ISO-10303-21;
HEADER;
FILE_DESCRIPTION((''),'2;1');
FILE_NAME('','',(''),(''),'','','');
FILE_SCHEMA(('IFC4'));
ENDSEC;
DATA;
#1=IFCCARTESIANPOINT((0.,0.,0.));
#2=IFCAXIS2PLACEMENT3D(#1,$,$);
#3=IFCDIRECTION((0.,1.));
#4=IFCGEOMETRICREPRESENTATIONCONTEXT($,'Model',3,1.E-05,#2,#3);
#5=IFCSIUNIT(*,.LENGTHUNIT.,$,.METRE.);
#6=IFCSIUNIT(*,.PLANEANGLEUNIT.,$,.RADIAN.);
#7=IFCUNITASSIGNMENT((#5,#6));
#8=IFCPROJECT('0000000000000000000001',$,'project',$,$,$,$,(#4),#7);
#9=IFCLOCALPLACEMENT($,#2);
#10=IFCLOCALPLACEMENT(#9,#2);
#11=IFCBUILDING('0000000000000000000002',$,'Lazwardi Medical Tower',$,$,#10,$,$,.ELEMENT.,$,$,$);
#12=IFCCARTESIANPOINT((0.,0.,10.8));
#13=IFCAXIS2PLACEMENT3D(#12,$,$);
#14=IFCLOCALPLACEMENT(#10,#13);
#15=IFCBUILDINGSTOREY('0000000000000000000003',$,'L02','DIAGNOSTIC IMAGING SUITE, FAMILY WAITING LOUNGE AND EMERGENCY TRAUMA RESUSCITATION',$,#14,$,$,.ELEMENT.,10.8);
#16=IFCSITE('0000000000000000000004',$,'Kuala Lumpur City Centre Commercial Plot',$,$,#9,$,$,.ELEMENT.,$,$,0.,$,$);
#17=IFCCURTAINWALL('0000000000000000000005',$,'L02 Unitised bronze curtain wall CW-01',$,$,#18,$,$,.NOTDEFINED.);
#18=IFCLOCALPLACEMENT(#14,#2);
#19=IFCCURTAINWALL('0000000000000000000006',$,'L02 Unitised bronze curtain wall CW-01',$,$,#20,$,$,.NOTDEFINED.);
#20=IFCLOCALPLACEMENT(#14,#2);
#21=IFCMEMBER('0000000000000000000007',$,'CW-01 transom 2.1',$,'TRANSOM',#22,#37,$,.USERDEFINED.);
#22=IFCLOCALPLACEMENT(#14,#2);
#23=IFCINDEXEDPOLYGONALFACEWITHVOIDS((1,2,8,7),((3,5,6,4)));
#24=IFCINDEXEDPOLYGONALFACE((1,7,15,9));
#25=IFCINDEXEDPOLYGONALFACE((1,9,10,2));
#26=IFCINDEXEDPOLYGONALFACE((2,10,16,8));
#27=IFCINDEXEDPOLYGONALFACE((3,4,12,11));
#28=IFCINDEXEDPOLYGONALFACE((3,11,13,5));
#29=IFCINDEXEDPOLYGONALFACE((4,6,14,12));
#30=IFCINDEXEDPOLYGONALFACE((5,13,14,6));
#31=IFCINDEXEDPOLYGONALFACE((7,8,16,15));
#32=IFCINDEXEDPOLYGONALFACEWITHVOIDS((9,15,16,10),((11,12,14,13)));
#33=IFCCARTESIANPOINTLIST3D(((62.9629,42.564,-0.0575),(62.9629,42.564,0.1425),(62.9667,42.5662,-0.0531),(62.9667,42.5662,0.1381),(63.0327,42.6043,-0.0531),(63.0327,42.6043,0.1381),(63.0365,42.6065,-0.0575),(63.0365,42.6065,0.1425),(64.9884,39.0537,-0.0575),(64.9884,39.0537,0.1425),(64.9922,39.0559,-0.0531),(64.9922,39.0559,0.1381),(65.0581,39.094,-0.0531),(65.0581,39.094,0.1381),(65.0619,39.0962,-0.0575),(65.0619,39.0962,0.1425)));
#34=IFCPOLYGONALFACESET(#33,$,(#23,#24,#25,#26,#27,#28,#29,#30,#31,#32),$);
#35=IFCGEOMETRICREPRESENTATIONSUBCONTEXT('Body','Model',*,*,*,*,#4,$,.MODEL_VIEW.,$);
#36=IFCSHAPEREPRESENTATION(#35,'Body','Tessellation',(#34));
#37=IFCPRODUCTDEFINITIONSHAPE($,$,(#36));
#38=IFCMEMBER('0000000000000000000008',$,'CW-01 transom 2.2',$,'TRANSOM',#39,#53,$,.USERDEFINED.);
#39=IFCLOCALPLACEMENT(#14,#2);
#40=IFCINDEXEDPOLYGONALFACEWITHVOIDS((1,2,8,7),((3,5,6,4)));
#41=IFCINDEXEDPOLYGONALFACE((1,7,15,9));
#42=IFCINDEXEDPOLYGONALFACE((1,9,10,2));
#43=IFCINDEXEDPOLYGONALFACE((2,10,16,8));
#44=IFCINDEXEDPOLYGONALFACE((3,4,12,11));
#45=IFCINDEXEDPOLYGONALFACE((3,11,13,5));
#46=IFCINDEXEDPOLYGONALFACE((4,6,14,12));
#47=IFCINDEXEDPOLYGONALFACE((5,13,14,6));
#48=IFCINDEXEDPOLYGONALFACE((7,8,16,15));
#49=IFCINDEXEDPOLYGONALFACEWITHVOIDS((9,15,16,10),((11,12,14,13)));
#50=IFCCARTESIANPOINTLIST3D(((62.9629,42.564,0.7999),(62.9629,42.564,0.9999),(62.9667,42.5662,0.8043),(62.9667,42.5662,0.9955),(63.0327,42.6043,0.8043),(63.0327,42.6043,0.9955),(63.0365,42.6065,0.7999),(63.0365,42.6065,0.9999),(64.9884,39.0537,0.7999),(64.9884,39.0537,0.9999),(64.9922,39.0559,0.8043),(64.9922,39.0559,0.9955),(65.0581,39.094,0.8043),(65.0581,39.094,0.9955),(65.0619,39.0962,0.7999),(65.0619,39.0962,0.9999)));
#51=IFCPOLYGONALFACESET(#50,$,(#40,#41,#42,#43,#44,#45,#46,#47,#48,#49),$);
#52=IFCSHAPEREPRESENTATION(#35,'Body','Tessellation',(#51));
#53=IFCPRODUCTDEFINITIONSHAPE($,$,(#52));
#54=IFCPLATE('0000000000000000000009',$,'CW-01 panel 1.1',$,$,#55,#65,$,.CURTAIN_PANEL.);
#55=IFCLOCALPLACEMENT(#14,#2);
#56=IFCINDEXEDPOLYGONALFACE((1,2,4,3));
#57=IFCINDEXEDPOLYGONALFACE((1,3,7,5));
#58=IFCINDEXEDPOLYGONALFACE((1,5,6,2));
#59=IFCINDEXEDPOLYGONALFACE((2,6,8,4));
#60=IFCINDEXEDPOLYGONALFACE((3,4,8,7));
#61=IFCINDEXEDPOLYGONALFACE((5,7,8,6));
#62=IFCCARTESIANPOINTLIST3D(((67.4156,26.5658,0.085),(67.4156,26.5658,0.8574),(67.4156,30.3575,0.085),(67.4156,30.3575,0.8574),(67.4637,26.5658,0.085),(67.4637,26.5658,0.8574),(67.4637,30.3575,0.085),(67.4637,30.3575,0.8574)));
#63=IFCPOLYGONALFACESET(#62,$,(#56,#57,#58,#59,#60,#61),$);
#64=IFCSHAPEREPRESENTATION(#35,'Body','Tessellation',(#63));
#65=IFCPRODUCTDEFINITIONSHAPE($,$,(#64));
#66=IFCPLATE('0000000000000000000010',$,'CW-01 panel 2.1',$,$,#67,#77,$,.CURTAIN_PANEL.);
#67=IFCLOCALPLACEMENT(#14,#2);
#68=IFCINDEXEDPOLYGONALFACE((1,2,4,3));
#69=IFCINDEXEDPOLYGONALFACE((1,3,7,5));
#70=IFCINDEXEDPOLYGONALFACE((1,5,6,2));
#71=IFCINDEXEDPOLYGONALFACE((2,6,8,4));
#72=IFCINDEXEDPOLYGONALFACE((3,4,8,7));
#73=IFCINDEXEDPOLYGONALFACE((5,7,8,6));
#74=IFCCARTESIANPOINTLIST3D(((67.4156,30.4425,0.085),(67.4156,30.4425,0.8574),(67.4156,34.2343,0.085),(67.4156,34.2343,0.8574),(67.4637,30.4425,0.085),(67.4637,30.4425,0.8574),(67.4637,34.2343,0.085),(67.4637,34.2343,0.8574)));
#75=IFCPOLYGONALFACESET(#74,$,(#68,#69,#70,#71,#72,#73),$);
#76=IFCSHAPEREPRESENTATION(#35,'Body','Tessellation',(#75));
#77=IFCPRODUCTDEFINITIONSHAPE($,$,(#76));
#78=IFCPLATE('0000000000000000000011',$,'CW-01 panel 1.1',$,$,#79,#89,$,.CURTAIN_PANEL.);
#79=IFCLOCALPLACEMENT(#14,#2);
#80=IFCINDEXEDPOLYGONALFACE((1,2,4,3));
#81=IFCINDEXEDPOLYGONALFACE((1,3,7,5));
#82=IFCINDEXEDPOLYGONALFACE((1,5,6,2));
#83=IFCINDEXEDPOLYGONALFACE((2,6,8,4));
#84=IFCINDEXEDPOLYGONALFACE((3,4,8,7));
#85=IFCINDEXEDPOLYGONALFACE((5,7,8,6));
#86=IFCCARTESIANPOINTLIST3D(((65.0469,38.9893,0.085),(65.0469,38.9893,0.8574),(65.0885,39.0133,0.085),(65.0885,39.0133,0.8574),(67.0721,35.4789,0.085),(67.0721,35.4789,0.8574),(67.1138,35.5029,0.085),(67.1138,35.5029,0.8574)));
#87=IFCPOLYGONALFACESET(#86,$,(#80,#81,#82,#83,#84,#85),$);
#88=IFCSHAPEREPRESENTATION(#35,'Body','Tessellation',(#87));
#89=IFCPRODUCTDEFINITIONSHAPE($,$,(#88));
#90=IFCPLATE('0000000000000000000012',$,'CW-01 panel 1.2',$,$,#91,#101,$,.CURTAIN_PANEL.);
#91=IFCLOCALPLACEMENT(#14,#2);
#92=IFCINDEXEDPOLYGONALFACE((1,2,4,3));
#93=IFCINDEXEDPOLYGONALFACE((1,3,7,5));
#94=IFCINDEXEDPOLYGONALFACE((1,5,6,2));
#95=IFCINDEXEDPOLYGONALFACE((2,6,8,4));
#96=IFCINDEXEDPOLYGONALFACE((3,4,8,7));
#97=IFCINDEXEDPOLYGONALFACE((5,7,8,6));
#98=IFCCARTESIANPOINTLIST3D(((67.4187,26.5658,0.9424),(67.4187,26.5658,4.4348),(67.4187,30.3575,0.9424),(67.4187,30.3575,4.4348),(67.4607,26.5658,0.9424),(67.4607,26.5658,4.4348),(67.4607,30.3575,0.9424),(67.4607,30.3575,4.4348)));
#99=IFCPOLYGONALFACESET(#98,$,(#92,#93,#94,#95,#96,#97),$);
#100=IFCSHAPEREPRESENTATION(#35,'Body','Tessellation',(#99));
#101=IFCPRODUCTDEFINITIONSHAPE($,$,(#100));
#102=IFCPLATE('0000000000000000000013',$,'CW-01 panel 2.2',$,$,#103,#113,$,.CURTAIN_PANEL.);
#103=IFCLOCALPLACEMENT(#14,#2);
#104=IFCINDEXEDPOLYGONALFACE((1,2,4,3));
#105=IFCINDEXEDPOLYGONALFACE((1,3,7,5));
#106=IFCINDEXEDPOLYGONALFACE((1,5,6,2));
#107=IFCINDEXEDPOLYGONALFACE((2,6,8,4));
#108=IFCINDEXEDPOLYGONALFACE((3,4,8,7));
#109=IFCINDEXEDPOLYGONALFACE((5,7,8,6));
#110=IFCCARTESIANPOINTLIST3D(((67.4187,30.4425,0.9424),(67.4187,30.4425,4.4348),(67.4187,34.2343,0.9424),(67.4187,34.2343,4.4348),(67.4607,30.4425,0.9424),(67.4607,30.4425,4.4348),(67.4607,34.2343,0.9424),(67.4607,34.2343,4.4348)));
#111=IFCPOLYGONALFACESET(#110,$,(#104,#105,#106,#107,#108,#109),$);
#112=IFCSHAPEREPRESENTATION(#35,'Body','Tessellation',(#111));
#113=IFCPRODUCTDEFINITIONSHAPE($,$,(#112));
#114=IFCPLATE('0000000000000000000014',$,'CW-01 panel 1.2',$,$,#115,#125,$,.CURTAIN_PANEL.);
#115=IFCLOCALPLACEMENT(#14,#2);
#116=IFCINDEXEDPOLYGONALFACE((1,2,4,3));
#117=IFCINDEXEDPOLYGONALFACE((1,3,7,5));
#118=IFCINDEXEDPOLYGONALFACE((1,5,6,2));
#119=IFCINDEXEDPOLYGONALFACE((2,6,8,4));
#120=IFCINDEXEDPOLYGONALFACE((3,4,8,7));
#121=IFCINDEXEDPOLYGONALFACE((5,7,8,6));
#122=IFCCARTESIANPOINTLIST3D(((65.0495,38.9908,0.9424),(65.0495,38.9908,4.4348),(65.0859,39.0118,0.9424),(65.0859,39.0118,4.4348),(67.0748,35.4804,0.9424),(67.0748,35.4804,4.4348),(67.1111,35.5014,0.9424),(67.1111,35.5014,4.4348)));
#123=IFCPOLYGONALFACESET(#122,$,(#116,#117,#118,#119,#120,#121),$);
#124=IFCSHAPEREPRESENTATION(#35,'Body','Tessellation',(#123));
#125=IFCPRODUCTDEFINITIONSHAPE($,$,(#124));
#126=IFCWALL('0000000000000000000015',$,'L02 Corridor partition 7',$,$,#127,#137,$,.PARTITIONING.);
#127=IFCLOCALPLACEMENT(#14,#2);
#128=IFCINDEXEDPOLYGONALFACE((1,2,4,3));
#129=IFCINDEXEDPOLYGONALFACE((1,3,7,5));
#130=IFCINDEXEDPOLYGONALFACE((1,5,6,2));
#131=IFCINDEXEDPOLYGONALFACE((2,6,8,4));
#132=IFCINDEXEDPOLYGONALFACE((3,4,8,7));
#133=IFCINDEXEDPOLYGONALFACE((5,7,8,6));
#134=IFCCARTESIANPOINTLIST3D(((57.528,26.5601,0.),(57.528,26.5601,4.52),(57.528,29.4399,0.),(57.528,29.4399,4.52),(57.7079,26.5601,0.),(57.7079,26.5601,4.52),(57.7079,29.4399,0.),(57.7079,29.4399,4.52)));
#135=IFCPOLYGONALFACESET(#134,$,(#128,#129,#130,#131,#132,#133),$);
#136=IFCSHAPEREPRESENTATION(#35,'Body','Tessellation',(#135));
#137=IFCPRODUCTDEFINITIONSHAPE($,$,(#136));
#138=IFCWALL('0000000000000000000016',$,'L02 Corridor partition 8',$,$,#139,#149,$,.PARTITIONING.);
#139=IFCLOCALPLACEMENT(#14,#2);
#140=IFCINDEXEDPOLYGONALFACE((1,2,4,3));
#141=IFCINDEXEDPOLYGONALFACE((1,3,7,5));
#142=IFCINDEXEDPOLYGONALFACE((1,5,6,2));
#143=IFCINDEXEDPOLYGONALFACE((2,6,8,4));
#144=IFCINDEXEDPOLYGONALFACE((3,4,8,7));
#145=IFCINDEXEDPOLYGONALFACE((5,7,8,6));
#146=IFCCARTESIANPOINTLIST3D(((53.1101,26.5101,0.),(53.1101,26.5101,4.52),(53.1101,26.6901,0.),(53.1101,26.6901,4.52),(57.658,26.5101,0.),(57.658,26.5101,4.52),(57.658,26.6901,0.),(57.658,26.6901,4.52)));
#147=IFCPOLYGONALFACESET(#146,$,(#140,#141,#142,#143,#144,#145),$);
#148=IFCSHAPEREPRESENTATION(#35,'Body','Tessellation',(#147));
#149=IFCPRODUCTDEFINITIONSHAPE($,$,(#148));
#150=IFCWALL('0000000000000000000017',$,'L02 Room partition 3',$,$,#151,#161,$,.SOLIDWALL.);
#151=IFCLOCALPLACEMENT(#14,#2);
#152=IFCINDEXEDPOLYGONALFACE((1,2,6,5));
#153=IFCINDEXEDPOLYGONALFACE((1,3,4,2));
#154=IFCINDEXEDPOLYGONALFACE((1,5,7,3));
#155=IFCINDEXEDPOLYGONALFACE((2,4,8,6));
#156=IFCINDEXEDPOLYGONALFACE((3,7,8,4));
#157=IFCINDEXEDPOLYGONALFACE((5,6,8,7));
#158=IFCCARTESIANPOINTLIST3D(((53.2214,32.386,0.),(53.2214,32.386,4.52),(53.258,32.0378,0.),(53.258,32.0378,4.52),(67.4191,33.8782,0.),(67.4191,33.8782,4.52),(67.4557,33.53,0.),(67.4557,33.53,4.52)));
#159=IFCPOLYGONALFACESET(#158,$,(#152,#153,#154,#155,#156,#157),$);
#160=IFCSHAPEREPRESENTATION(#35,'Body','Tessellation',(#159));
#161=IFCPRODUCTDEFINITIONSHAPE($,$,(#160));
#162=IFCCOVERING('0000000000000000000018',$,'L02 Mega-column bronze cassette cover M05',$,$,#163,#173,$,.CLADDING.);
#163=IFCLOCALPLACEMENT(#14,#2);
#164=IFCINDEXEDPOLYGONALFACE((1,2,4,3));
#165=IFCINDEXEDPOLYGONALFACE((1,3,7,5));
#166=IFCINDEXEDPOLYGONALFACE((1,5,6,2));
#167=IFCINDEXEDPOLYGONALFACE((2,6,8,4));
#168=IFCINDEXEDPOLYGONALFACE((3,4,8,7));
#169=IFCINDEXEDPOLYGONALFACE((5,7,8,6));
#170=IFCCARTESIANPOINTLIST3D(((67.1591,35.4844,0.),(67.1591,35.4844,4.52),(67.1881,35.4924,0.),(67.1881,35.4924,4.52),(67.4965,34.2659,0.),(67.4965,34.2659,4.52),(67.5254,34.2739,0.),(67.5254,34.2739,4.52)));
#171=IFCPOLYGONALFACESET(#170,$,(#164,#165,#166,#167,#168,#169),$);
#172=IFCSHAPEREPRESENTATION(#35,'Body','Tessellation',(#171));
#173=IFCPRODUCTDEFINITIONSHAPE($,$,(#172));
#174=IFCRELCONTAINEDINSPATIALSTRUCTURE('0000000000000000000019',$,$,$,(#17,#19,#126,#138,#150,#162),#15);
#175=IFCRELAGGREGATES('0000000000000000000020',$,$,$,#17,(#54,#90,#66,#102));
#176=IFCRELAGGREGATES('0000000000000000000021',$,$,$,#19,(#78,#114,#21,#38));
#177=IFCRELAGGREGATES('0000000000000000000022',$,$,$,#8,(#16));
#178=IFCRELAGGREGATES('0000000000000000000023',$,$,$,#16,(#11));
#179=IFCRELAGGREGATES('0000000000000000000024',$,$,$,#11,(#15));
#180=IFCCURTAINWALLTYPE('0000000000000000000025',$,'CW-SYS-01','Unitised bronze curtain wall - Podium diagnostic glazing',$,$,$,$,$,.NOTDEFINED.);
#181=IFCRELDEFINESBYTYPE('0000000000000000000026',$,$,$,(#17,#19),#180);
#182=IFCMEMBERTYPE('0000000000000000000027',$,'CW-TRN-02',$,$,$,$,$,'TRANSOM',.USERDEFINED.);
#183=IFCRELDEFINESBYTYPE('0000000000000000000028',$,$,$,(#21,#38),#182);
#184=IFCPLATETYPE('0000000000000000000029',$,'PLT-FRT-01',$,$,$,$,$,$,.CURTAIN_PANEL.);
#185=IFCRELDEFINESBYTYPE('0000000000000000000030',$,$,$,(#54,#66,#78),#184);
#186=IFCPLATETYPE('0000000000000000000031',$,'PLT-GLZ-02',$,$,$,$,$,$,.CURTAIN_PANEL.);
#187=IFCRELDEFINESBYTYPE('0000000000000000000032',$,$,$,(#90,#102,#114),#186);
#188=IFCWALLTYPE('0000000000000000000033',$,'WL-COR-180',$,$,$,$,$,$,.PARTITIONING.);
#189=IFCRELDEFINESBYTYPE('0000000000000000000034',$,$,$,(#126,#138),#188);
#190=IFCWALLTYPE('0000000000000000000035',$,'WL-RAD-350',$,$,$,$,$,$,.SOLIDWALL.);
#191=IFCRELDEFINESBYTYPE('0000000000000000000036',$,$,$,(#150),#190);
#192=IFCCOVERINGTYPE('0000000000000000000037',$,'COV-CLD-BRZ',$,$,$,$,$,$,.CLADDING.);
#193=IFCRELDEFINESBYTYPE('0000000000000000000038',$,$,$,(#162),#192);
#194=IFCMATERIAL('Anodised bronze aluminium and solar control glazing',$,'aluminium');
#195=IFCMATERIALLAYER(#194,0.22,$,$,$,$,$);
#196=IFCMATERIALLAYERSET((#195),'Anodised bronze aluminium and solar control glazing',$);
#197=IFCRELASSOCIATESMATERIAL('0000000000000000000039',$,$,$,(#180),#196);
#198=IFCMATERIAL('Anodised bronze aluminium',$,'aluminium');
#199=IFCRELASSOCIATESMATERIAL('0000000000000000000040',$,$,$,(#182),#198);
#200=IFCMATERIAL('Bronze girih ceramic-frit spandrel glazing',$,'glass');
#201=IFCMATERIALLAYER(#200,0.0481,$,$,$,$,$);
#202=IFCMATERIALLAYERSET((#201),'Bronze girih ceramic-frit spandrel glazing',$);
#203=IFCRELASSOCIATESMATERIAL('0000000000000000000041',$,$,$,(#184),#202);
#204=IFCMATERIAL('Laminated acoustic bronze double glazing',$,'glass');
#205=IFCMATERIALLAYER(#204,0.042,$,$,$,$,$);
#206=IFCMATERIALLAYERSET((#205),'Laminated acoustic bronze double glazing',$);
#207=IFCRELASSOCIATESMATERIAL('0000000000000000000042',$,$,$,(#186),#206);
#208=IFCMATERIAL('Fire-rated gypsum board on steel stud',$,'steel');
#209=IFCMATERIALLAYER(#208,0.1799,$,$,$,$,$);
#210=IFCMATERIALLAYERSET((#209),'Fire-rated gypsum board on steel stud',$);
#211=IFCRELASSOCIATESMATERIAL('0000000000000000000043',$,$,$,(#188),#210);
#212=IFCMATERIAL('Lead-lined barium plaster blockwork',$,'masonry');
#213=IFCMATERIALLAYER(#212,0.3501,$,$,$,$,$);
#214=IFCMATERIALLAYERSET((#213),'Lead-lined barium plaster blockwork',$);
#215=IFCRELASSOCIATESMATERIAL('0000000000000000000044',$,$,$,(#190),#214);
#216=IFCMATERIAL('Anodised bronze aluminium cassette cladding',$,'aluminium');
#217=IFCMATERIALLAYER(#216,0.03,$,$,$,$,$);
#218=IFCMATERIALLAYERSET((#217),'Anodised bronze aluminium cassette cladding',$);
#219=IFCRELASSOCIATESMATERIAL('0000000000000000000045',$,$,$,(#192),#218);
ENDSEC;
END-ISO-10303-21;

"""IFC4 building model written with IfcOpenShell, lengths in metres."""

from ifc_helpers import new_model, si_unit, direction, frame, frame_2d, origin, origin_2d, place, context, subcontext, project, spatial, rectangle, hollow_rectangle, extrude, material, layer, layer_set, material_profile, profile_set, type_object, element, aggregate, save


model = new_model("IFC4")

# Units and contexts
model_context = context("Model", 3, precision=1e-05, world=origin(), true_north=direction((0.0, 1.0)))
body_context = subcontext(model_context, "Body", "Model", "MODEL_VIEW")
ifc_project = project(units=[si_unit("LENGTHUNIT", "METRE"), si_unit("PLANEANGLEUNIT", "RADIAN")], contexts=[model_context])

# Site, building, storey
site_placement = place(None, origin())
site = spatial("IfcSite", under=ifc_project, at=site_placement, Name="Kuala Lumpur City Centre Commercial Plot", CompositionType="ELEMENT", RefElevation=0.0)
building_placement = place(site_placement, origin())
building = spatial("IfcBuilding", under=site, at=building_placement, Name="Lazwardi Medical Tower", CompositionType="ELEMENT")
storey_placement = place(building_placement, frame((0.0, 0.0, 10.8)))
storey = spatial("IfcBuildingStorey", under=building, at=storey_placement, Name="L02", Description="DIAGNOSTIC IMAGING SUITE, FAMILY WAITING LOUNGE AND EMERGENCY TRAUMA RESUSCITATION", CompositionType="ELEMENT", Elevation=10.8)

# Curtain walls
ifc_material_1 = material(Name="Anodised bronze aluminium and solar control glazing", Category="aluminium")
ifc_layer_1 = layer(ifc_material_1, 0.22)
ifc_layer_set_1 = layer_set([ifc_layer_1], Name="Anodised bronze aluminium and solar control glazing")
curtain_wall_type = type_object("IfcCurtainWallType", Name="CW-SYS-01", Description="Unitised bronze curtain wall - Podium diagnostic glazing", PredefinedType="NOTDEFINED", material=ifc_layer_set_1)
curtain_wall_1_placement = place(storey_placement, origin())
curtain_wall_1 = element("IfcCurtainWall", 1, at=curtain_wall_1_placement, inside=storey, type_object=curtain_wall_type, Name="L02 Unitised bronze curtain wall CW-01", PredefinedType="NOTDEFINED")
ifc_material_2 = material(Name="Anodised bronze aluminium", Category="aluminium")
curtain_wall_2_placement = place(storey_placement, origin())
curtain_wall_2 = element("IfcCurtainWall", 2, at=curtain_wall_2_placement, inside=storey, type_object=curtain_wall_type, Name="L02 Unitised bronze curtain wall CW-01", PredefinedType="NOTDEFINED")

# Members
ifc_material_profile_1 = material_profile(ifc_material_2, hollow_rectangle(XDim=0.085, YDim=0.2, WallThickness=0.0044, at=origin_2d()), Name="ALU-TRANSOM 200x85x4.5")
ifc_profile_set_1 = profile_set([ifc_material_profile_1], Name="Anodised bronze aluminium")
member_type_1 = type_object("IfcMemberType", Name="CW-TRN-02", ElementType="TRANSOM", PredefinedType="USERDEFINED", material=ifc_profile_set_1)
member_1_placement = place(storey_placement, frame((65.0251, 39.075, 0.0425), z_axis=(-0.499768, 0.86616, 0.0), x_axis=(-0.86616, -0.499768, 0.0)))
member_1 = element("IfcMember", 3, at=member_1_placement, type_object=member_type_1, Name="CW-01 transom 2.1", ObjectType="TRANSOM", PredefinedType="USERDEFINED", context=body_context, shape_type="SweptSolid", body=[
    extrude(hollow_rectangle(XDim=0.085, YDim=0.2, WallThickness=0.0044, at=origin_2d()), origin(), (0.0, 0.0, 1.0), 4.0527),
])
member_2_placement = place(storey_placement, frame((65.0251, 39.075, 0.8999), z_axis=(-0.499768, 0.86616, 0.0), x_axis=(-0.86616, -0.499768, 0.0)))
member_2 = element("IfcMember", 4, at=member_2_placement, type_object=member_type_1, Name="CW-01 transom 2.2", ObjectType="TRANSOM", PredefinedType="USERDEFINED", context=body_context, shape_type="SweptSolid", body=[
    extrude(hollow_rectangle(XDim=0.085, YDim=0.2, WallThickness=0.0044, at=origin_2d()), origin(), (0.0, 0.0, 1.0), 4.0527),
])

# Plates
ifc_material_3 = material(Name="Bronze girih ceramic-frit spandrel glazing", Category="glass")
ifc_layer_2 = layer(ifc_material_3, 0.0481)
ifc_layer_set_2 = layer_set([ifc_layer_2], Name="Bronze girih ceramic-frit spandrel glazing")
plate_type_1 = type_object("IfcPlateType", Name="PLT-FRT-01", PredefinedType="CURTAIN_PANEL", material=ifc_layer_set_2)
plate_1_placement = place(storey_placement, frame((67.4397, 28.4617, 0.085), z_axis=(0.0, 0.0, 1.0), x_axis=(0.0, 1.0, 0.0)))
plate_1 = element("IfcPlate", 5, at=plate_1_placement, type_object=plate_type_1, Name="CW-01 panel 1.1", PredefinedType="CURTAIN_PANEL", context=body_context, shape_type="SweptSolid", body=[
    extrude(rectangle(XDim=3.7917, YDim=0.0481, at=origin_2d()), origin(), (0.0, 0.0, 1.0), 0.7725),
])
plate_2_placement = place(storey_placement, frame((67.4397, 32.3384, 0.085), z_axis=(0.0, 0.0, 1.0), x_axis=(0.0, 1.0, 0.0)))
plate_2 = element("IfcPlate", 6, at=plate_2_placement, type_object=plate_type_1, Name="CW-01 panel 2.1", PredefinedType="CURTAIN_PANEL", context=body_context, shape_type="SweptSolid", body=[
    extrude(rectangle(XDim=3.7917, YDim=0.0481, at=origin_2d()), origin(), (0.0, 0.0, 1.0), 0.7725),
])
plate_3_placement = place(storey_placement, frame((66.0803, 37.2461, 0.085), z_axis=(0.0, 0.0, 1.0), x_axis=(-0.499731, 0.866181, 0.0)))
plate_3 = element("IfcPlate", 7, at=plate_3_placement, type_object=plate_type_1, Name="CW-01 panel 1.1", PredefinedType="CURTAIN_PANEL", context=body_context, shape_type="SweptSolid", body=[
    extrude(rectangle(XDim=4.0527, YDim=0.0481, at=origin_2d()), origin(), (0.0, 0.0, 1.0), 0.7725),
])
ifc_material_4 = material(Name="Laminated acoustic bronze double glazing", Category="glass")
ifc_layer_3 = layer(ifc_material_4, 0.042)
ifc_layer_set_3 = layer_set([ifc_layer_3], Name="Laminated acoustic bronze double glazing")
plate_type_2 = type_object("IfcPlateType", Name="PLT-GLZ-02", PredefinedType="CURTAIN_PANEL", material=ifc_layer_set_3)
plate_4_placement = place(storey_placement, frame((67.4397, 28.4617, 0.9424), z_axis=(0.0, 0.0, 1.0), x_axis=(0.0, 1.0, 0.0)))
plate_4 = element("IfcPlate", 8, at=plate_4_placement, type_object=plate_type_2, Name="CW-01 panel 1.2", PredefinedType="CURTAIN_PANEL", context=body_context, shape_type="SweptSolid", body=[
    extrude(rectangle(XDim=3.7917, YDim=0.042, at=origin_2d()), origin(), (0.0, 0.0, 1.0), 3.4924),
])
plate_5_placement = place(storey_placement, frame((67.4397, 32.3384, 0.9424), z_axis=(0.0, 0.0, 1.0), x_axis=(0.0, 1.0, 0.0)))
plate_5 = element("IfcPlate", 9, at=plate_5_placement, type_object=plate_type_2, Name="CW-01 panel 2.2", PredefinedType="CURTAIN_PANEL", context=body_context, shape_type="SweptSolid", body=[
    extrude(rectangle(XDim=3.7917, YDim=0.042, at=origin_2d()), origin(), (0.0, 0.0, 1.0), 3.4924),
])
aggregate(curtain_wall_1, [plate_1, plate_4, plate_2, plate_5])
plate_6_placement = place(storey_placement, frame((66.0803, 37.2461, 0.9424), z_axis=(0.0, 0.0, 1.0), x_axis=(-0.499731, 0.866181, 0.0)))
plate_6 = element("IfcPlate", 10, at=plate_6_placement, type_object=plate_type_2, Name="CW-01 panel 1.2", PredefinedType="CURTAIN_PANEL", context=body_context, shape_type="SweptSolid", body=[
    extrude(rectangle(XDim=4.0527, YDim=0.042, at=origin_2d()), origin(), (0.0, 0.0, 1.0), 3.4924),
])
aggregate(curtain_wall_2, [plate_3, plate_6, member_1, member_2])

# Walls
ifc_material_5 = material(Name="Fire-rated gypsum board on steel stud", Category="steel")
ifc_layer_4 = layer(ifc_material_5, 0.1799)
ifc_layer_set_4 = layer_set([ifc_layer_4], Name="Fire-rated gypsum board on steel stud")
wall_type_1 = type_object("IfcWallType", Name="WL-COR-180", PredefinedType="PARTITIONING", material=ifc_layer_set_4)
wall_1_placement = place(storey_placement, frame((57.6179, 29.4399, 0.0), z_axis=(0.0, 0.0, 1.0), x_axis=(0.0, -1.0, 0.0)))
element("IfcWall", 11, at=wall_1_placement, inside=storey, type_object=wall_type_1, Name="L02 Corridor partition 7", PredefinedType="PARTITIONING", context=body_context, shape_type="SweptSolid", body=[
    extrude(rectangle(XDim=2.8799, YDim=0.1799, at=frame_2d((1.4399, 0.0))), origin(), (0.0, 0.0, 1.0), 4.52),
])
wall_2_placement = place(storey_placement, frame((57.658, 26.6001, 0.0), z_axis=(0.0, 0.0, 1.0), x_axis=(-1.0, 0.0, 0.0)))
element("IfcWall", 12, at=wall_2_placement, inside=storey, type_object=wall_type_1, Name="L02 Corridor partition 8", PredefinedType="PARTITIONING", context=body_context, shape_type="SweptSolid", body=[
    extrude(rectangle(XDim=4.5479, YDim=0.1799, at=frame_2d((2.2739, 0.0))), origin(), (0.0, 0.0, 1.0), 4.52),
])
ifc_material_6 = material(Name="Lead-lined barium plaster blockwork", Category="masonry")
ifc_layer_5 = layer(ifc_material_6, 0.3501)
ifc_layer_set_5 = layer_set([ifc_layer_5], Name="Lead-lined barium plaster blockwork")
wall_type_2 = type_object("IfcWallType", Name="WL-RAD-350", PredefinedType="SOLIDWALL", material=ifc_layer_set_5)
wall_3_placement = place(storey_placement, frame((53.2397, 32.2119, 0.0), z_axis=(0.0, 0.0, 1.0), x_axis=(0.994522, 0.104525, 0.0)))
element("IfcWall", 13, at=wall_3_placement, inside=storey, type_object=wall_type_2, Name="L02 Room partition 3", PredefinedType="SOLIDWALL", context=body_context, shape_type="SweptSolid", body=[
    extrude(rectangle(XDim=14.2759, YDim=0.3501, at=frame_2d((7.1379, 0.0))), origin(), (0.0, 0.0, 1.0), 4.52),
])

# Covering
ifc_material_7 = material(Name="Anodised bronze aluminium cassette cladding", Category="aluminium")
ifc_layer_6 = layer(ifc_material_7, 0.03)
ifc_layer_set_6 = layer_set([ifc_layer_6], Name="Anodised bronze aluminium cassette cladding")
covering_type = type_object("IfcCoveringType", Name="COV-CLD-BRZ", PredefinedType="CLADDING", material=ifc_layer_set_6)
covering_placement = place(storey_placement, frame((67.3423, 34.8792, 0.0), z_axis=(0.0, 0.0, 1.0), x_axis=(-0.266836, 0.963742, 0.0)))
element("IfcCovering", 14, at=covering_placement, inside=storey, type_object=covering_type, Name="L02 Mega-column bronze cassette cover M05", PredefinedType="CLADDING", context=body_context, shape_type="SweptSolid", body=[
    extrude(rectangle(XDim=1.2644, YDim=0.03, at=origin_2d()), origin(), (0.0, 0.0, 1.0), 4.52),
])

save(model, "model.ifc")
